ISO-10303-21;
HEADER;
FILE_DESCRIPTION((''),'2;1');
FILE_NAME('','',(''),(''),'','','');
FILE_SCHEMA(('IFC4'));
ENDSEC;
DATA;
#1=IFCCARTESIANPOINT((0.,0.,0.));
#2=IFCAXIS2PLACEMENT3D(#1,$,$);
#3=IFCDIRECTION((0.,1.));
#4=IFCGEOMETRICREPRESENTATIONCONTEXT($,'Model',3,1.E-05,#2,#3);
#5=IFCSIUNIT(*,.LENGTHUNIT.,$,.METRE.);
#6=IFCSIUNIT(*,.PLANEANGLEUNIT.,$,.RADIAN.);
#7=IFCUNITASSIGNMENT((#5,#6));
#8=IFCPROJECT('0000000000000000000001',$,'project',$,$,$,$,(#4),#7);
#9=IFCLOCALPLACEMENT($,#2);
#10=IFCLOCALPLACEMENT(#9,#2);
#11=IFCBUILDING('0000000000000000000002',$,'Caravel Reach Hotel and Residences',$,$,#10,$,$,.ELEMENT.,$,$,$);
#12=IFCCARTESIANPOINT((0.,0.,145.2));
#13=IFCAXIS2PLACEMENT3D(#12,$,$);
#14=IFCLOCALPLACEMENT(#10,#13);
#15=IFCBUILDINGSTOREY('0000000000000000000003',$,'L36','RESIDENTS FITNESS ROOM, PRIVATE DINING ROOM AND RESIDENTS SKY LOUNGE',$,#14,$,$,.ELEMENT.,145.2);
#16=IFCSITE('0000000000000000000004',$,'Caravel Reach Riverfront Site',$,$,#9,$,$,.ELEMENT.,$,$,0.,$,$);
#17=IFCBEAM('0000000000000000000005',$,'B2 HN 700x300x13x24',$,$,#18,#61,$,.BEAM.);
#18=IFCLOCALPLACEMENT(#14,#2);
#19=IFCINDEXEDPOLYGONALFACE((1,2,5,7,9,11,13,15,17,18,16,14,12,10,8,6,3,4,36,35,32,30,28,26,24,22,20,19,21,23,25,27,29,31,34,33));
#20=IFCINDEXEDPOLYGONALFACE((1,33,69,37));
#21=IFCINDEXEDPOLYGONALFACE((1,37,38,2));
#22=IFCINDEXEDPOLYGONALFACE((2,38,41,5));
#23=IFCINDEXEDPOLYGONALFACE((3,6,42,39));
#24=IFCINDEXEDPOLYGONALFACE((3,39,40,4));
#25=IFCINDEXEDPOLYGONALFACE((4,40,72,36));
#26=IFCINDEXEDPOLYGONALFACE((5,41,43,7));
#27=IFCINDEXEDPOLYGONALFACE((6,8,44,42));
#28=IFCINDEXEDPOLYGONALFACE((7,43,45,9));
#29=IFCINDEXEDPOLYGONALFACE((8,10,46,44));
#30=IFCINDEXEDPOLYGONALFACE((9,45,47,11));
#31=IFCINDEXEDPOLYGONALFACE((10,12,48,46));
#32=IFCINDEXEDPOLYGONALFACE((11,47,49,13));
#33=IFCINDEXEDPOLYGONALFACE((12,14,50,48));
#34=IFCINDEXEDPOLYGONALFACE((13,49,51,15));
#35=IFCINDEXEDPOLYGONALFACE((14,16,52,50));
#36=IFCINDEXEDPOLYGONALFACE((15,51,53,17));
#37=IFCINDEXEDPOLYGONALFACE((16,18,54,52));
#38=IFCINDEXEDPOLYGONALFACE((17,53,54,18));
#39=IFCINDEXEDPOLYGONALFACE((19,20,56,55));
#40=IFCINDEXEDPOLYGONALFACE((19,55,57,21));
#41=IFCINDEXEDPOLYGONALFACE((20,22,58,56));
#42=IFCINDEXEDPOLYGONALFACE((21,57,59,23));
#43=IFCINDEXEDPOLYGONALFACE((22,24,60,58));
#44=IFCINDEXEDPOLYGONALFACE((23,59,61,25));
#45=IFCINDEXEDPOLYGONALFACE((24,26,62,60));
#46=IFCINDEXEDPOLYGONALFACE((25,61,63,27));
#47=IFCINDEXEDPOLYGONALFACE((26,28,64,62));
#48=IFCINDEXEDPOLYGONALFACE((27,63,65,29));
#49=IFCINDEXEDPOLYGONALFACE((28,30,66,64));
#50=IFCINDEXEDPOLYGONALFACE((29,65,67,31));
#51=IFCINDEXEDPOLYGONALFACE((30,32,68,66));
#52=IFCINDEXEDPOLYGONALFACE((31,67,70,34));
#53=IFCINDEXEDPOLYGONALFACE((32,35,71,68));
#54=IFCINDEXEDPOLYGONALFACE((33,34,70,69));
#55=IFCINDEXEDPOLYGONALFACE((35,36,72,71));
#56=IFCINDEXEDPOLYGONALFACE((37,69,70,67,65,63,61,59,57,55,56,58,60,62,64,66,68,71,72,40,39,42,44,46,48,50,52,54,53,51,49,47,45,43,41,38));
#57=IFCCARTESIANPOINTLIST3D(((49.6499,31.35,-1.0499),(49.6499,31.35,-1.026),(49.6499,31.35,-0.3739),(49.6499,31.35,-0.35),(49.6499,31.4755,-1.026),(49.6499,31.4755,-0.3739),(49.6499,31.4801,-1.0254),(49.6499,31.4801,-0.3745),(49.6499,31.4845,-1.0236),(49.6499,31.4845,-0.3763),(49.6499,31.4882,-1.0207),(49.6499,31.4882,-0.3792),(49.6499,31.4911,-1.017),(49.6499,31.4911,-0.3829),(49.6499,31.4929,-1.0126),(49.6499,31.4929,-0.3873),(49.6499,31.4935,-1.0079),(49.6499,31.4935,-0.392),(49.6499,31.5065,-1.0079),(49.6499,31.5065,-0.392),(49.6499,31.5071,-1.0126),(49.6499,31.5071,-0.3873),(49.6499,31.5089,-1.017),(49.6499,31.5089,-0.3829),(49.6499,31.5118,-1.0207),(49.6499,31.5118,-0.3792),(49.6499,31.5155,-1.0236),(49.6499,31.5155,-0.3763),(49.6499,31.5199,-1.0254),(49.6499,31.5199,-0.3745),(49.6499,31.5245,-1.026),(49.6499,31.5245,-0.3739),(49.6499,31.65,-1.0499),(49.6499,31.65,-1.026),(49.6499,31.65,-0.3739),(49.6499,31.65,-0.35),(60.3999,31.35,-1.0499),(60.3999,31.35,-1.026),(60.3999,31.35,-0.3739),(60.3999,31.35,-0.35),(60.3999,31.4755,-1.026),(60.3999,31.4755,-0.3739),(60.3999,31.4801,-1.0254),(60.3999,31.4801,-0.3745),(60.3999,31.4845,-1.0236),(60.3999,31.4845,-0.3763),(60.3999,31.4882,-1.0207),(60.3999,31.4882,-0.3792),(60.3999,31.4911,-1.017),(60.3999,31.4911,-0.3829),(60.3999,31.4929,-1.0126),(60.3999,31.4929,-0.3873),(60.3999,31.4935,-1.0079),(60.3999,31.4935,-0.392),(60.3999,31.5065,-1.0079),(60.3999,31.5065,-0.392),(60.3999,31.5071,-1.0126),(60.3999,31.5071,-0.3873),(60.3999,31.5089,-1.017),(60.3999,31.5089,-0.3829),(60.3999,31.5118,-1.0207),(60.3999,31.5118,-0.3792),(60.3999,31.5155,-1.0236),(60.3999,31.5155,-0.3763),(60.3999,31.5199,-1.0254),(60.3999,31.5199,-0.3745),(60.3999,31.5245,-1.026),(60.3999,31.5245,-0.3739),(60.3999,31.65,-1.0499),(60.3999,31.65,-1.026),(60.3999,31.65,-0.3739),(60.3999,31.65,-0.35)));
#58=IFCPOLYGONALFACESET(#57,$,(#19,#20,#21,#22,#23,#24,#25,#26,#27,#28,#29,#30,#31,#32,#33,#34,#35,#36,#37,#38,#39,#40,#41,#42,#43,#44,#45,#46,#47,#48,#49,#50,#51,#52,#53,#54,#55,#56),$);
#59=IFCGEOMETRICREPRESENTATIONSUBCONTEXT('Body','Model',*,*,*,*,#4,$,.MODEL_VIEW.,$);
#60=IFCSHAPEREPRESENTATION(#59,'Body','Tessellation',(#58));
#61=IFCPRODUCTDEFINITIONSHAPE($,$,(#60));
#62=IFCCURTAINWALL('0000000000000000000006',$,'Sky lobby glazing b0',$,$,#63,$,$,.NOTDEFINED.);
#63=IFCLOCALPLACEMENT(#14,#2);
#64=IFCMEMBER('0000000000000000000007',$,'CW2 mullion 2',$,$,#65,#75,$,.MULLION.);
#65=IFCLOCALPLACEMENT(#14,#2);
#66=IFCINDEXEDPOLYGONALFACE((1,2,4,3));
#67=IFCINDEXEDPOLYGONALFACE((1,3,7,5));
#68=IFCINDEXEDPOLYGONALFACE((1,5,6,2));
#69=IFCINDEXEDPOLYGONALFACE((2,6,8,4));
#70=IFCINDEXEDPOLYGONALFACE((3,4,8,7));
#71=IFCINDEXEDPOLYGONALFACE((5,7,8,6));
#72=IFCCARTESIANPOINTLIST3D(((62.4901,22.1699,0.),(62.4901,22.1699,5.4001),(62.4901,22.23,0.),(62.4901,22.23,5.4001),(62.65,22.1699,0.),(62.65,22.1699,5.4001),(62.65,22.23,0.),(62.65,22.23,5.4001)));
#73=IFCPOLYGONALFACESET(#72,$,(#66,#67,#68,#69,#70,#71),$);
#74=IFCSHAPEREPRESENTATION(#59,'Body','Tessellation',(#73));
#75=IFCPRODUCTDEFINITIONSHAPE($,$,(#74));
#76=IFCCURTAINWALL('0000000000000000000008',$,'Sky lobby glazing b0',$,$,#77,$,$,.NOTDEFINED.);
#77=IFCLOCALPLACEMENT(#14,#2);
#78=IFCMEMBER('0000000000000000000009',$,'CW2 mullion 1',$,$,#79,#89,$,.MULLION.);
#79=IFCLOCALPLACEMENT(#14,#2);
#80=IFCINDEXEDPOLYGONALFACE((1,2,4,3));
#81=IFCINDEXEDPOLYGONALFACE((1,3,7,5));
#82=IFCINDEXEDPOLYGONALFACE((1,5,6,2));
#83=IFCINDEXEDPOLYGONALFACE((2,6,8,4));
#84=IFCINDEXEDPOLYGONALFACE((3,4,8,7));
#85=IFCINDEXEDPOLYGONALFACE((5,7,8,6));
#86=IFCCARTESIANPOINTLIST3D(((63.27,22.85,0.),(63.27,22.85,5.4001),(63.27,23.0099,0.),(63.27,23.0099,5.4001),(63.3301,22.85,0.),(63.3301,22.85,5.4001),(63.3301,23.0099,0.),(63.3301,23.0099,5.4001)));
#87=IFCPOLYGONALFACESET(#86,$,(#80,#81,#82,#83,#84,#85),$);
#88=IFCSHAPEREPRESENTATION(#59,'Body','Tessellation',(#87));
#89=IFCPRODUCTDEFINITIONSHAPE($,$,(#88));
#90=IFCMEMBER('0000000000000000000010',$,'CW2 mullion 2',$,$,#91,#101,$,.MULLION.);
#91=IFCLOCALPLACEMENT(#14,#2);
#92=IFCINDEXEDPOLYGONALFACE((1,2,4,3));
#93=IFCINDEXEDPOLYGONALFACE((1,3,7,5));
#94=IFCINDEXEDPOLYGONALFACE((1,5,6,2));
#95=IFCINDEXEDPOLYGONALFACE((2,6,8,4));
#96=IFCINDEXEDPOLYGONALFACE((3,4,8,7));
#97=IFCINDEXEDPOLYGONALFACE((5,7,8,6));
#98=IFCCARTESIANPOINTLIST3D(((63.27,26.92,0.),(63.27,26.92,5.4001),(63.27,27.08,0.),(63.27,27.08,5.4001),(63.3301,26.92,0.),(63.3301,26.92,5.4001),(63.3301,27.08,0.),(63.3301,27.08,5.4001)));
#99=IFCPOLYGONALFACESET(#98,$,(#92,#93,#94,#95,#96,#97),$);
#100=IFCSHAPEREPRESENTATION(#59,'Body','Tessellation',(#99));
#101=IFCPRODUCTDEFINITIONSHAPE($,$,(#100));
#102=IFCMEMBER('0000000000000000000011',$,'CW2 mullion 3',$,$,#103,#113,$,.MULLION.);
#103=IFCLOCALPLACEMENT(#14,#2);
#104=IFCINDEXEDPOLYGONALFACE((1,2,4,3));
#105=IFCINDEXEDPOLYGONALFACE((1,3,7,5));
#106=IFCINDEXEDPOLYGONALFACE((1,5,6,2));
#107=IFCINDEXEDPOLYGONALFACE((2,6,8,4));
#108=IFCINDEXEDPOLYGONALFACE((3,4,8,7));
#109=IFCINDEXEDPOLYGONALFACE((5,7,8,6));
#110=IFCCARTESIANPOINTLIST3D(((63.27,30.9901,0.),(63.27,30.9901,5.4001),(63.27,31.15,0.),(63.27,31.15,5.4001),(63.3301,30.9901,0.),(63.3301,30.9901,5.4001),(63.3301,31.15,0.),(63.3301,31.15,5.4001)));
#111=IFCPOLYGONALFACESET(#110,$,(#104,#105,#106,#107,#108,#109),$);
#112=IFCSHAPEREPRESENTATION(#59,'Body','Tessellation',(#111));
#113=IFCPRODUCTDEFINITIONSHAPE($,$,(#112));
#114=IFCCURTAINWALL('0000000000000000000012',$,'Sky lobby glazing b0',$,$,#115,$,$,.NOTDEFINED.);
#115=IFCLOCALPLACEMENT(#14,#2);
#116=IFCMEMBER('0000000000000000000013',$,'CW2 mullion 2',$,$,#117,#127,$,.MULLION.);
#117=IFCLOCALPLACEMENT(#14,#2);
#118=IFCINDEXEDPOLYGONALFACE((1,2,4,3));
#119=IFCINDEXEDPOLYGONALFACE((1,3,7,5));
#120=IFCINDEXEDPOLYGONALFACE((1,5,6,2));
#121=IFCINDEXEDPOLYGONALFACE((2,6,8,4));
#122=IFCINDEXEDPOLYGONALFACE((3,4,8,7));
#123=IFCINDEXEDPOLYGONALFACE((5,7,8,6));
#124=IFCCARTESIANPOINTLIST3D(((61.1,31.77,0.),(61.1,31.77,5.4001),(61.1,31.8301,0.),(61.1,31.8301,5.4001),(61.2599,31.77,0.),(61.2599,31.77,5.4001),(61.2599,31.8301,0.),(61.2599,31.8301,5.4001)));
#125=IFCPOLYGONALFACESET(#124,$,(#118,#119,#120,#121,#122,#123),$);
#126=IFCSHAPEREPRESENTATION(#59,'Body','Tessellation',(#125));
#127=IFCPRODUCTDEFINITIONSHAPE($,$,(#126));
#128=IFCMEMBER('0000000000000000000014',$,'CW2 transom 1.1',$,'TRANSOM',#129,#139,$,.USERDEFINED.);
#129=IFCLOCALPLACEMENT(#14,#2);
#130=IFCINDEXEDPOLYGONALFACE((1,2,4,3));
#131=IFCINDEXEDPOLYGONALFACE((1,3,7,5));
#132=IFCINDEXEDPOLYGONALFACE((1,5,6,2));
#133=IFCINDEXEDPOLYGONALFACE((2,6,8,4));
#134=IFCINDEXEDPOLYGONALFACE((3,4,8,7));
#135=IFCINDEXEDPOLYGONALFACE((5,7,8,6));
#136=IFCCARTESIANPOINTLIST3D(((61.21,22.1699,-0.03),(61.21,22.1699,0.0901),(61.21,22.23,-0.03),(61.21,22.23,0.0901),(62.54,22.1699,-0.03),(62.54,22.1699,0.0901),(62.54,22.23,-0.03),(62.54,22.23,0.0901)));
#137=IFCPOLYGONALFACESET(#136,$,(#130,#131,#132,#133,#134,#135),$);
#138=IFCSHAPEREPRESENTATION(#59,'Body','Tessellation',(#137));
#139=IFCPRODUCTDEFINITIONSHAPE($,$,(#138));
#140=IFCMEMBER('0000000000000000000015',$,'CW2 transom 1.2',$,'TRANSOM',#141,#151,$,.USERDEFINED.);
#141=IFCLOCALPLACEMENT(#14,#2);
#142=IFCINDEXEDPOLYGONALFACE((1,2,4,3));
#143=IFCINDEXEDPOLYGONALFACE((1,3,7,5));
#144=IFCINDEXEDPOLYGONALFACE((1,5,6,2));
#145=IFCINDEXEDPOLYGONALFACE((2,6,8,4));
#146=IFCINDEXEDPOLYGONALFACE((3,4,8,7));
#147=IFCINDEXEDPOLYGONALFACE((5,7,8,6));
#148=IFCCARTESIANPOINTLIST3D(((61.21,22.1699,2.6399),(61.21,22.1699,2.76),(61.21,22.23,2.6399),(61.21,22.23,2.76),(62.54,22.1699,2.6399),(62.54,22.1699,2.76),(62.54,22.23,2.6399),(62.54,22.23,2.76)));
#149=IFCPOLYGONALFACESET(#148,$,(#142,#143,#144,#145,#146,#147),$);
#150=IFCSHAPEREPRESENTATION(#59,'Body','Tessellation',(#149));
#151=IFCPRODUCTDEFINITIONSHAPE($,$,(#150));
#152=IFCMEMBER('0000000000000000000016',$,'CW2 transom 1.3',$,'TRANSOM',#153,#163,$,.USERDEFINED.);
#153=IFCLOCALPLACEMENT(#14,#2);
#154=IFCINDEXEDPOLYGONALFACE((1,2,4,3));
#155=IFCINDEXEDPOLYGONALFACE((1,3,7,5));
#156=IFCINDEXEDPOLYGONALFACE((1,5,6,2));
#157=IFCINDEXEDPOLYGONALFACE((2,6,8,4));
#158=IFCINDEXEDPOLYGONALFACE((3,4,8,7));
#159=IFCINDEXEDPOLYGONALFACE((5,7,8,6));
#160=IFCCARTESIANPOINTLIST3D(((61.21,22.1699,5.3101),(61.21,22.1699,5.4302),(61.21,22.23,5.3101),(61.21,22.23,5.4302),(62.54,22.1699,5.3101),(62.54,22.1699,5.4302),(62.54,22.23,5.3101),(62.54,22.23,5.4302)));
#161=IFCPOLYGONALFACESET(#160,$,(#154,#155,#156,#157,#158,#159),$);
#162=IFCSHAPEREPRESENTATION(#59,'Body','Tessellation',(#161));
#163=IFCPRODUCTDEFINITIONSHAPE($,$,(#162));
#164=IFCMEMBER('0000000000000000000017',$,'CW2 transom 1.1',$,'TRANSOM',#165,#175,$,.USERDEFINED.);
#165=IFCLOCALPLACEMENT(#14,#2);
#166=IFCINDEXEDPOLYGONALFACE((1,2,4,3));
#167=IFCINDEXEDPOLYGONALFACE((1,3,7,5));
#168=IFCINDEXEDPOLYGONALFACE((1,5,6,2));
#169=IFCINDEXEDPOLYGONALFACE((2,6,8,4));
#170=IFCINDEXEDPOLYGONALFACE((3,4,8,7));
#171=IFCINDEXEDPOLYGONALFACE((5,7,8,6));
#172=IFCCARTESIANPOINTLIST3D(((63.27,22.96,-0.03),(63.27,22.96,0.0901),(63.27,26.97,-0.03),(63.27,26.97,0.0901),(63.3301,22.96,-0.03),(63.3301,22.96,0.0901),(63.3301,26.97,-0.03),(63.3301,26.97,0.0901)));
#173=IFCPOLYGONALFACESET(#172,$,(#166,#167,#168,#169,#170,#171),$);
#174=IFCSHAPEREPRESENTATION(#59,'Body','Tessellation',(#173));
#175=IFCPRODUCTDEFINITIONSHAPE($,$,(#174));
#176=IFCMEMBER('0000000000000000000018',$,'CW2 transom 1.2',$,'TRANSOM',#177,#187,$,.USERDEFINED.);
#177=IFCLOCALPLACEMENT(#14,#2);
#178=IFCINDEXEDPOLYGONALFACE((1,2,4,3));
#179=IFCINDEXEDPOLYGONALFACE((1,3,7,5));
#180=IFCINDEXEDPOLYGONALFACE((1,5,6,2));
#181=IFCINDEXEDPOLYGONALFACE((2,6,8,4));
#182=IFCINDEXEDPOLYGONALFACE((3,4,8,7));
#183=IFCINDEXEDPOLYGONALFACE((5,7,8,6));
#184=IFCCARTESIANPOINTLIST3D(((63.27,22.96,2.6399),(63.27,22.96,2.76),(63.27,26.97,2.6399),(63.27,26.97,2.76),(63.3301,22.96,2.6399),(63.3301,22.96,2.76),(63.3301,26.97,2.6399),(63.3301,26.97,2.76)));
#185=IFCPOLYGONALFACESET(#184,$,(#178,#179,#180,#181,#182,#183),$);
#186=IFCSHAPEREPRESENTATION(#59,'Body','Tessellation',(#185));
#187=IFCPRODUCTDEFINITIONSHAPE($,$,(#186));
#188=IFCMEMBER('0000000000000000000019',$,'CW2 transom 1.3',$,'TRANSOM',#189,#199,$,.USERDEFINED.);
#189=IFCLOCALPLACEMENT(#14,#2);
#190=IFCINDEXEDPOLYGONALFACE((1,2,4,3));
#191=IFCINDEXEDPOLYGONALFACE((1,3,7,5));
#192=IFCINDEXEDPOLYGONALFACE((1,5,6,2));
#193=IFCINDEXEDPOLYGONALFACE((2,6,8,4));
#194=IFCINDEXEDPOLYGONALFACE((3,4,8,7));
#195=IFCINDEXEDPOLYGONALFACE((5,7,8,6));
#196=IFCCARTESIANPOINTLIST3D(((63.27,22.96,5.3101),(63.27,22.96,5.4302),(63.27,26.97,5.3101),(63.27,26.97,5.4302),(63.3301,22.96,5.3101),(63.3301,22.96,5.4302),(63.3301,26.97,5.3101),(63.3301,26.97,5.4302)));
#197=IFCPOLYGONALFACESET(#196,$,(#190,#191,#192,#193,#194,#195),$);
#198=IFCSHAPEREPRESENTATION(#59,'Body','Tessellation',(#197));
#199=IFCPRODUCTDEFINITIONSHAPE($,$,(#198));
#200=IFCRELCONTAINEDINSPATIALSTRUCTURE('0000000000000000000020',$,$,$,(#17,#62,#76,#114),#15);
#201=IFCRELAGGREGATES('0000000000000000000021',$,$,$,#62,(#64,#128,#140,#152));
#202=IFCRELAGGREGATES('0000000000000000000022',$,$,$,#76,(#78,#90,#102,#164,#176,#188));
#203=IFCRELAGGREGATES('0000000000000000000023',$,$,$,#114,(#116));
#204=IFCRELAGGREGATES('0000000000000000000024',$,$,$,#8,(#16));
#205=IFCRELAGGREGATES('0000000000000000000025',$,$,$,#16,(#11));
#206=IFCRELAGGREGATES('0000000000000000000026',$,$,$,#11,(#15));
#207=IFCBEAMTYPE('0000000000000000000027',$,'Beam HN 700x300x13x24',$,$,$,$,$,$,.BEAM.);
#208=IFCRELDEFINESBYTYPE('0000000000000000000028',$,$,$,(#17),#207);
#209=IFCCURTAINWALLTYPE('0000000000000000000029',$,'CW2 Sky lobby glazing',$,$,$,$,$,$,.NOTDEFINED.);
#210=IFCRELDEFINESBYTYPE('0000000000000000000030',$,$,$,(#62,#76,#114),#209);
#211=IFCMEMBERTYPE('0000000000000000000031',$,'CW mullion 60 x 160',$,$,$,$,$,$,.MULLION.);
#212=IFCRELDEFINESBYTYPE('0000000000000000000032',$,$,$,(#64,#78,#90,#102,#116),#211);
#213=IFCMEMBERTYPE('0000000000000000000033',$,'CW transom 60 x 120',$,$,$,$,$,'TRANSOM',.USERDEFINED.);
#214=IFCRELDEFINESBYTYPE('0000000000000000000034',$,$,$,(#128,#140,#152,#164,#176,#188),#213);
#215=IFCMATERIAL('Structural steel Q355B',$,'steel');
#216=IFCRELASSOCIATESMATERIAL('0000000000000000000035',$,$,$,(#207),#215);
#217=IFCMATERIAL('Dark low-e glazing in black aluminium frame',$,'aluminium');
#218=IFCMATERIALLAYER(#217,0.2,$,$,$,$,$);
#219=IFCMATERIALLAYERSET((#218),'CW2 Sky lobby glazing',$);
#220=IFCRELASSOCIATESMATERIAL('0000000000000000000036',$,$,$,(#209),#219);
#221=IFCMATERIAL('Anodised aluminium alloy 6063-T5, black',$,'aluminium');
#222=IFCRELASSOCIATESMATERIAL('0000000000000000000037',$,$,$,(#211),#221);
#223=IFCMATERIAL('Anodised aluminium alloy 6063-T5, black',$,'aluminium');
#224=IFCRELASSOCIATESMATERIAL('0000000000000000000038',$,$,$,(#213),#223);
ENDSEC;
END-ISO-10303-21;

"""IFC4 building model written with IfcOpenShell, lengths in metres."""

from ifc_helpers import new_model, si_unit, direction, frame, origin, origin_2d, place, context, subcontext, project, spatial, rectangle, i_section, extrude, material, layer, layer_set, material_profile, profile_set, type_object, element, aggregate, save


model = new_model("IFC4")

# Units and contexts
model_context = context("Model", 3, precision=1e-05, world=origin(), true_north=direction((0.0, 1.0)))
body_context = subcontext(model_context, "Body", "Model", "MODEL_VIEW")
ifc_project = project(units=[si_unit("LENGTHUNIT", "METRE"), si_unit("PLANEANGLEUNIT", "RADIAN")], contexts=[model_context])

# Site, building, storey
site_placement = place(None, origin())
site = spatial("IfcSite", under=ifc_project, at=site_placement, Name="Caravel Reach Riverfront Site", CompositionType="ELEMENT", RefElevation=0.0)
building_placement = place(site_placement, origin())
building = spatial("IfcBuilding", under=site, at=building_placement, Name="Caravel Reach Hotel and Residences", CompositionType="ELEMENT")
storey_placement = place(building_placement, frame((0.0, 0.0, 145.2)))
storey = spatial("IfcBuildingStorey", under=building, at=storey_placement, Name="L36", Description="RESIDENTS FITNESS ROOM, PRIVATE DINING ROOM AND RESIDENTS SKY LOUNGE", CompositionType="ELEMENT", Elevation=145.2)

# Beam
ifc_material_1 = material(Name="Structural steel Q355B", Category="steel")
ifc_material_profile_1 = material_profile(ifc_material_1, i_section(OverallWidth=0.3, OverallDepth=0.7, WebThickness=0.0129, FlangeThickness=0.0239, FilletRadius=0.0181, at=origin_2d()), Name="HN 700x300x13x24")
ifc_profile_set_1 = profile_set([ifc_material_profile_1], Name="Structural steel Q355B")
beam_type = type_object("IfcBeamType", Name="Beam HN 700x300x13x24", PredefinedType="BEAM", material=ifc_profile_set_1)
beam_1_placement = place(storey_placement, frame((49.6499, 31.5, -0.7), z_axis=(1.0, 0.0, 0.0), x_axis=(0.0, 1.0, 0.0)))
element("IfcBeam", 1, at=beam_1_placement, inside=storey, type_object=beam_type, Name="B2 HN 700x300x13x24", PredefinedType="BEAM", context=body_context, shape_type="SweptSolid", body=[
    extrude(i_section(OverallWidth=0.3, OverallDepth=0.7, WebThickness=0.0129, FlangeThickness=0.0239, FilletRadius=0.0181, at=origin_2d()), origin(), (0.0, 0.0, 1.0), 10.75),
])

# Curtain wall, member
ifc_material_2 = material(Name="Dark low-e glazing in black aluminium frame", Category="aluminium")
ifc_layer_1 = layer(ifc_material_2, 0.2)
ifc_layer_set_1 = layer_set([ifc_layer_1], Name="CW2 Sky lobby glazing")
curtain_wall_type = type_object("IfcCurtainWallType", Name="CW2 Sky lobby glazing", PredefinedType="NOTDEFINED", material=ifc_layer_set_1)
curtain_wall_1_placement = place(storey_placement, origin())
curtain_wall_1 = element("IfcCurtainWall", 2, at=curtain_wall_1_placement, inside=storey, type_object=curtain_wall_type, Name="Sky lobby glazing b0", PredefinedType="NOTDEFINED")
ifc_material_3 = material(Name="Anodised aluminium alloy 6063-T5, black", Category="aluminium")
ifc_material_profile_2 = material_profile(ifc_material_3, rectangle(XDim=0.0601, YDim=0.1599, at=origin_2d()), Name="CW mullion 60 x 160")
ifc_profile_set_2 = profile_set([ifc_material_profile_2], Name="Anodised aluminium alloy 6063-T5, black")
member_type_1 = type_object("IfcMemberType", Name="CW mullion 60 x 160", PredefinedType="MULLION", material=ifc_profile_set_2)
member_1_placement = place(storey_placement, frame((62.5701, 22.2, 0.0), z_axis=(0.0, 0.0, 1.0), x_axis=(0.0, 1.0, 0.0)))
member_1 = element("IfcMember", 3, at=member_1_placement, type_object=member_type_1, Name="CW2 mullion 2", PredefinedType="MULLION", context=body_context, shape_type="SweptSolid", body=[
    extrude(rectangle(XDim=0.0601, YDim=0.1599, at=origin_2d()), origin(), (0.0, 0.0, 1.0), 5.4001),
])

# Curtain wall, members
curtain_wall_2_placement = place(storey_placement, origin())
curtain_wall_2 = element("IfcCurtainWall", 4, at=curtain_wall_2_placement, inside=storey, type_object=curtain_wall_type, Name="Sky lobby glazing b0", PredefinedType="NOTDEFINED")
member_2_placement = place(storey_placement, frame((63.3, 22.9299, 0.0), z_axis=(0.0, 0.0, 1.0), x_axis=(-1.0, 0.0, 0.0)))
member_2 = element("IfcMember", 5, at=member_2_placement, type_object=member_type_1, Name="CW2 mullion 1", PredefinedType="MULLION", context=body_context, shape_type="SweptSolid", body=[
    extrude(rectangle(XDim=0.0601, YDim=0.1599, at=origin_2d()), origin(), (0.0, 0.0, 1.0), 5.4001),
])
member_3_placement = place(storey_placement, frame((63.3, 27.0, 0.0), z_axis=(0.0, 0.0, 1.0), x_axis=(-1.0, 0.0, 0.0)))
member_3 = element("IfcMember", 6, at=member_3_placement, type_object=member_type_1, Name="CW2 mullion 2", PredefinedType="MULLION", context=body_context, shape_type="SweptSolid", body=[
    extrude(rectangle(XDim=0.0601, YDim=0.1599, at=origin_2d()), origin(), (0.0, 0.0, 1.0), 5.4001),
])
member_4_placement = place(storey_placement, frame((63.3, 31.0701, 0.0), z_axis=(0.0, 0.0, 1.0), x_axis=(-1.0, 0.0, 0.0)))
member_4 = element("IfcMember", 7, at=member_4_placement, type_object=member_type_1, Name="CW2 mullion 3", PredefinedType="MULLION", context=body_context, shape_type="SweptSolid", body=[
    extrude(rectangle(XDim=0.0601, YDim=0.1599, at=origin_2d()), origin(), (0.0, 0.0, 1.0), 5.4001),
])

# Curtain wall, member
curtain_wall_3_placement = place(storey_placement, origin())
curtain_wall_3 = element("IfcCurtainWall", 8, at=curtain_wall_3_placement, inside=storey, type_object=curtain_wall_type, Name="Sky lobby glazing b0", PredefinedType="NOTDEFINED")
member_5_placement = place(storey_placement, frame((61.1799, 31.8, 0.0), z_axis=(0.0, 0.0, 1.0), x_axis=(0.0, -1.0, 0.0)))
member_5 = element("IfcMember", 9, at=member_5_placement, type_object=member_type_1, Name="CW2 mullion 2", PredefinedType="MULLION", context=body_context, shape_type="SweptSolid", body=[
    extrude(rectangle(XDim=0.0601, YDim=0.1599, at=origin_2d()), origin(), (0.0, 0.0, 1.0), 5.4001),
])

# Members
ifc_material_4 = material(Name="Anodised aluminium alloy 6063-T5, black", Category="aluminium")
ifc_material_profile_3 = material_profile(ifc_material_4, rectangle(XDim=0.0601, YDim=0.1201, at=origin_2d()), Name="CW transom 60 x 120")
ifc_profile_set_3 = profile_set([ifc_material_profile_3], Name="Anodised aluminium alloy 6063-T5, black")
member_type_2 = type_object("IfcMemberType", Name="CW transom 60 x 120", ElementType="TRANSOM", PredefinedType="USERDEFINED", material=ifc_profile_set_3)
member_6_placement = place(storey_placement, frame((61.21, 22.2, 0.03), z_axis=(1.0, 0.0, 0.0), x_axis=(0.0, 1.0, 0.0)))
member_6 = element("IfcMember", 10, at=member_6_placement, type_object=member_type_2, Name="CW2 transom 1.1", ObjectType="TRANSOM", PredefinedType="USERDEFINED", context=body_context, shape_type="SweptSolid", body=[
    extrude(rectangle(XDim=0.0601, YDim=0.1201, at=origin_2d()), origin(), (0.0, 0.0, 1.0), 1.3301),
])
member_7_placement = place(storey_placement, frame((61.21, 22.2, 2.7), z_axis=(1.0, 0.0, 0.0), x_axis=(0.0, 1.0, 0.0)))
member_7 = element("IfcMember", 11, at=member_7_placement, type_object=member_type_2, Name="CW2 transom 1.2", ObjectType="TRANSOM", PredefinedType="USERDEFINED", context=body_context, shape_type="SweptSolid", body=[
    extrude(rectangle(XDim=0.0601, YDim=0.1201, at=origin_2d()), origin(), (0.0, 0.0, 1.0), 1.3301),
])
member_8_placement = place(storey_placement, frame((61.21, 22.2, 5.3701), z_axis=(1.0, 0.0, 0.0), x_axis=(0.0, 1.0, 0.0)))
member_8 = element("IfcMember", 12, at=member_8_placement, type_object=member_type_2, Name="CW2 transom 1.3", ObjectType="TRANSOM", PredefinedType="USERDEFINED", context=body_context, shape_type="SweptSolid", body=[
    extrude(rectangle(XDim=0.0601, YDim=0.1201, at=origin_2d()), origin(), (0.0, 0.0, 1.0), 1.3301),
])
member_9_placement = place(storey_placement, frame((63.3, 22.96, 0.03), z_axis=(0.0, 1.0, 0.0), x_axis=(-1.0, 0.0, 0.0)))
member_9 = element("IfcMember", 13, at=member_9_placement, type_object=member_type_2, Name="CW2 transom 1.1", ObjectType="TRANSOM", PredefinedType="USERDEFINED", context=body_context, shape_type="SweptSolid", body=[
    extrude(rectangle(XDim=0.0601, YDim=0.1201, at=origin_2d()), origin(), (0.0, 0.0, 1.0), 4.01),
])
member_10_placement = place(storey_placement, frame((63.3, 22.96, 2.7), z_axis=(0.0, 1.0, 0.0), x_axis=(-1.0, 0.0, 0.0)))
member_10 = element("IfcMember", 14, at=member_10_placement, type_object=member_type_2, Name="CW2 transom 1.2", ObjectType="TRANSOM", PredefinedType="USERDEFINED", context=body_context, shape_type="SweptSolid", body=[
    extrude(rectangle(XDim=0.0601, YDim=0.1201, at=origin_2d()), origin(), (0.0, 0.0, 1.0), 4.01),
])
member_11_placement = place(storey_placement, frame((63.3, 22.96, 5.3701), z_axis=(0.0, 1.0, 0.0), x_axis=(-1.0, 0.0, 0.0)))
member_11 = element("IfcMember", 15, at=member_11_placement, type_object=member_type_2, Name="CW2 transom 1.3", ObjectType="TRANSOM", PredefinedType="USERDEFINED", context=body_context, shape_type="SweptSolid", body=[
    extrude(rectangle(XDim=0.0601, YDim=0.1201, at=origin_2d()), origin(), (0.0, 0.0, 1.0), 4.01),
])

aggregate(curtain_wall_1, [member_1, member_6, member_7, member_8])
aggregate(curtain_wall_2, [member_2, member_3, member_4, member_9, member_10, member_11])
aggregate(curtain_wall_3, [member_5])

save(model, "model.ifc")
